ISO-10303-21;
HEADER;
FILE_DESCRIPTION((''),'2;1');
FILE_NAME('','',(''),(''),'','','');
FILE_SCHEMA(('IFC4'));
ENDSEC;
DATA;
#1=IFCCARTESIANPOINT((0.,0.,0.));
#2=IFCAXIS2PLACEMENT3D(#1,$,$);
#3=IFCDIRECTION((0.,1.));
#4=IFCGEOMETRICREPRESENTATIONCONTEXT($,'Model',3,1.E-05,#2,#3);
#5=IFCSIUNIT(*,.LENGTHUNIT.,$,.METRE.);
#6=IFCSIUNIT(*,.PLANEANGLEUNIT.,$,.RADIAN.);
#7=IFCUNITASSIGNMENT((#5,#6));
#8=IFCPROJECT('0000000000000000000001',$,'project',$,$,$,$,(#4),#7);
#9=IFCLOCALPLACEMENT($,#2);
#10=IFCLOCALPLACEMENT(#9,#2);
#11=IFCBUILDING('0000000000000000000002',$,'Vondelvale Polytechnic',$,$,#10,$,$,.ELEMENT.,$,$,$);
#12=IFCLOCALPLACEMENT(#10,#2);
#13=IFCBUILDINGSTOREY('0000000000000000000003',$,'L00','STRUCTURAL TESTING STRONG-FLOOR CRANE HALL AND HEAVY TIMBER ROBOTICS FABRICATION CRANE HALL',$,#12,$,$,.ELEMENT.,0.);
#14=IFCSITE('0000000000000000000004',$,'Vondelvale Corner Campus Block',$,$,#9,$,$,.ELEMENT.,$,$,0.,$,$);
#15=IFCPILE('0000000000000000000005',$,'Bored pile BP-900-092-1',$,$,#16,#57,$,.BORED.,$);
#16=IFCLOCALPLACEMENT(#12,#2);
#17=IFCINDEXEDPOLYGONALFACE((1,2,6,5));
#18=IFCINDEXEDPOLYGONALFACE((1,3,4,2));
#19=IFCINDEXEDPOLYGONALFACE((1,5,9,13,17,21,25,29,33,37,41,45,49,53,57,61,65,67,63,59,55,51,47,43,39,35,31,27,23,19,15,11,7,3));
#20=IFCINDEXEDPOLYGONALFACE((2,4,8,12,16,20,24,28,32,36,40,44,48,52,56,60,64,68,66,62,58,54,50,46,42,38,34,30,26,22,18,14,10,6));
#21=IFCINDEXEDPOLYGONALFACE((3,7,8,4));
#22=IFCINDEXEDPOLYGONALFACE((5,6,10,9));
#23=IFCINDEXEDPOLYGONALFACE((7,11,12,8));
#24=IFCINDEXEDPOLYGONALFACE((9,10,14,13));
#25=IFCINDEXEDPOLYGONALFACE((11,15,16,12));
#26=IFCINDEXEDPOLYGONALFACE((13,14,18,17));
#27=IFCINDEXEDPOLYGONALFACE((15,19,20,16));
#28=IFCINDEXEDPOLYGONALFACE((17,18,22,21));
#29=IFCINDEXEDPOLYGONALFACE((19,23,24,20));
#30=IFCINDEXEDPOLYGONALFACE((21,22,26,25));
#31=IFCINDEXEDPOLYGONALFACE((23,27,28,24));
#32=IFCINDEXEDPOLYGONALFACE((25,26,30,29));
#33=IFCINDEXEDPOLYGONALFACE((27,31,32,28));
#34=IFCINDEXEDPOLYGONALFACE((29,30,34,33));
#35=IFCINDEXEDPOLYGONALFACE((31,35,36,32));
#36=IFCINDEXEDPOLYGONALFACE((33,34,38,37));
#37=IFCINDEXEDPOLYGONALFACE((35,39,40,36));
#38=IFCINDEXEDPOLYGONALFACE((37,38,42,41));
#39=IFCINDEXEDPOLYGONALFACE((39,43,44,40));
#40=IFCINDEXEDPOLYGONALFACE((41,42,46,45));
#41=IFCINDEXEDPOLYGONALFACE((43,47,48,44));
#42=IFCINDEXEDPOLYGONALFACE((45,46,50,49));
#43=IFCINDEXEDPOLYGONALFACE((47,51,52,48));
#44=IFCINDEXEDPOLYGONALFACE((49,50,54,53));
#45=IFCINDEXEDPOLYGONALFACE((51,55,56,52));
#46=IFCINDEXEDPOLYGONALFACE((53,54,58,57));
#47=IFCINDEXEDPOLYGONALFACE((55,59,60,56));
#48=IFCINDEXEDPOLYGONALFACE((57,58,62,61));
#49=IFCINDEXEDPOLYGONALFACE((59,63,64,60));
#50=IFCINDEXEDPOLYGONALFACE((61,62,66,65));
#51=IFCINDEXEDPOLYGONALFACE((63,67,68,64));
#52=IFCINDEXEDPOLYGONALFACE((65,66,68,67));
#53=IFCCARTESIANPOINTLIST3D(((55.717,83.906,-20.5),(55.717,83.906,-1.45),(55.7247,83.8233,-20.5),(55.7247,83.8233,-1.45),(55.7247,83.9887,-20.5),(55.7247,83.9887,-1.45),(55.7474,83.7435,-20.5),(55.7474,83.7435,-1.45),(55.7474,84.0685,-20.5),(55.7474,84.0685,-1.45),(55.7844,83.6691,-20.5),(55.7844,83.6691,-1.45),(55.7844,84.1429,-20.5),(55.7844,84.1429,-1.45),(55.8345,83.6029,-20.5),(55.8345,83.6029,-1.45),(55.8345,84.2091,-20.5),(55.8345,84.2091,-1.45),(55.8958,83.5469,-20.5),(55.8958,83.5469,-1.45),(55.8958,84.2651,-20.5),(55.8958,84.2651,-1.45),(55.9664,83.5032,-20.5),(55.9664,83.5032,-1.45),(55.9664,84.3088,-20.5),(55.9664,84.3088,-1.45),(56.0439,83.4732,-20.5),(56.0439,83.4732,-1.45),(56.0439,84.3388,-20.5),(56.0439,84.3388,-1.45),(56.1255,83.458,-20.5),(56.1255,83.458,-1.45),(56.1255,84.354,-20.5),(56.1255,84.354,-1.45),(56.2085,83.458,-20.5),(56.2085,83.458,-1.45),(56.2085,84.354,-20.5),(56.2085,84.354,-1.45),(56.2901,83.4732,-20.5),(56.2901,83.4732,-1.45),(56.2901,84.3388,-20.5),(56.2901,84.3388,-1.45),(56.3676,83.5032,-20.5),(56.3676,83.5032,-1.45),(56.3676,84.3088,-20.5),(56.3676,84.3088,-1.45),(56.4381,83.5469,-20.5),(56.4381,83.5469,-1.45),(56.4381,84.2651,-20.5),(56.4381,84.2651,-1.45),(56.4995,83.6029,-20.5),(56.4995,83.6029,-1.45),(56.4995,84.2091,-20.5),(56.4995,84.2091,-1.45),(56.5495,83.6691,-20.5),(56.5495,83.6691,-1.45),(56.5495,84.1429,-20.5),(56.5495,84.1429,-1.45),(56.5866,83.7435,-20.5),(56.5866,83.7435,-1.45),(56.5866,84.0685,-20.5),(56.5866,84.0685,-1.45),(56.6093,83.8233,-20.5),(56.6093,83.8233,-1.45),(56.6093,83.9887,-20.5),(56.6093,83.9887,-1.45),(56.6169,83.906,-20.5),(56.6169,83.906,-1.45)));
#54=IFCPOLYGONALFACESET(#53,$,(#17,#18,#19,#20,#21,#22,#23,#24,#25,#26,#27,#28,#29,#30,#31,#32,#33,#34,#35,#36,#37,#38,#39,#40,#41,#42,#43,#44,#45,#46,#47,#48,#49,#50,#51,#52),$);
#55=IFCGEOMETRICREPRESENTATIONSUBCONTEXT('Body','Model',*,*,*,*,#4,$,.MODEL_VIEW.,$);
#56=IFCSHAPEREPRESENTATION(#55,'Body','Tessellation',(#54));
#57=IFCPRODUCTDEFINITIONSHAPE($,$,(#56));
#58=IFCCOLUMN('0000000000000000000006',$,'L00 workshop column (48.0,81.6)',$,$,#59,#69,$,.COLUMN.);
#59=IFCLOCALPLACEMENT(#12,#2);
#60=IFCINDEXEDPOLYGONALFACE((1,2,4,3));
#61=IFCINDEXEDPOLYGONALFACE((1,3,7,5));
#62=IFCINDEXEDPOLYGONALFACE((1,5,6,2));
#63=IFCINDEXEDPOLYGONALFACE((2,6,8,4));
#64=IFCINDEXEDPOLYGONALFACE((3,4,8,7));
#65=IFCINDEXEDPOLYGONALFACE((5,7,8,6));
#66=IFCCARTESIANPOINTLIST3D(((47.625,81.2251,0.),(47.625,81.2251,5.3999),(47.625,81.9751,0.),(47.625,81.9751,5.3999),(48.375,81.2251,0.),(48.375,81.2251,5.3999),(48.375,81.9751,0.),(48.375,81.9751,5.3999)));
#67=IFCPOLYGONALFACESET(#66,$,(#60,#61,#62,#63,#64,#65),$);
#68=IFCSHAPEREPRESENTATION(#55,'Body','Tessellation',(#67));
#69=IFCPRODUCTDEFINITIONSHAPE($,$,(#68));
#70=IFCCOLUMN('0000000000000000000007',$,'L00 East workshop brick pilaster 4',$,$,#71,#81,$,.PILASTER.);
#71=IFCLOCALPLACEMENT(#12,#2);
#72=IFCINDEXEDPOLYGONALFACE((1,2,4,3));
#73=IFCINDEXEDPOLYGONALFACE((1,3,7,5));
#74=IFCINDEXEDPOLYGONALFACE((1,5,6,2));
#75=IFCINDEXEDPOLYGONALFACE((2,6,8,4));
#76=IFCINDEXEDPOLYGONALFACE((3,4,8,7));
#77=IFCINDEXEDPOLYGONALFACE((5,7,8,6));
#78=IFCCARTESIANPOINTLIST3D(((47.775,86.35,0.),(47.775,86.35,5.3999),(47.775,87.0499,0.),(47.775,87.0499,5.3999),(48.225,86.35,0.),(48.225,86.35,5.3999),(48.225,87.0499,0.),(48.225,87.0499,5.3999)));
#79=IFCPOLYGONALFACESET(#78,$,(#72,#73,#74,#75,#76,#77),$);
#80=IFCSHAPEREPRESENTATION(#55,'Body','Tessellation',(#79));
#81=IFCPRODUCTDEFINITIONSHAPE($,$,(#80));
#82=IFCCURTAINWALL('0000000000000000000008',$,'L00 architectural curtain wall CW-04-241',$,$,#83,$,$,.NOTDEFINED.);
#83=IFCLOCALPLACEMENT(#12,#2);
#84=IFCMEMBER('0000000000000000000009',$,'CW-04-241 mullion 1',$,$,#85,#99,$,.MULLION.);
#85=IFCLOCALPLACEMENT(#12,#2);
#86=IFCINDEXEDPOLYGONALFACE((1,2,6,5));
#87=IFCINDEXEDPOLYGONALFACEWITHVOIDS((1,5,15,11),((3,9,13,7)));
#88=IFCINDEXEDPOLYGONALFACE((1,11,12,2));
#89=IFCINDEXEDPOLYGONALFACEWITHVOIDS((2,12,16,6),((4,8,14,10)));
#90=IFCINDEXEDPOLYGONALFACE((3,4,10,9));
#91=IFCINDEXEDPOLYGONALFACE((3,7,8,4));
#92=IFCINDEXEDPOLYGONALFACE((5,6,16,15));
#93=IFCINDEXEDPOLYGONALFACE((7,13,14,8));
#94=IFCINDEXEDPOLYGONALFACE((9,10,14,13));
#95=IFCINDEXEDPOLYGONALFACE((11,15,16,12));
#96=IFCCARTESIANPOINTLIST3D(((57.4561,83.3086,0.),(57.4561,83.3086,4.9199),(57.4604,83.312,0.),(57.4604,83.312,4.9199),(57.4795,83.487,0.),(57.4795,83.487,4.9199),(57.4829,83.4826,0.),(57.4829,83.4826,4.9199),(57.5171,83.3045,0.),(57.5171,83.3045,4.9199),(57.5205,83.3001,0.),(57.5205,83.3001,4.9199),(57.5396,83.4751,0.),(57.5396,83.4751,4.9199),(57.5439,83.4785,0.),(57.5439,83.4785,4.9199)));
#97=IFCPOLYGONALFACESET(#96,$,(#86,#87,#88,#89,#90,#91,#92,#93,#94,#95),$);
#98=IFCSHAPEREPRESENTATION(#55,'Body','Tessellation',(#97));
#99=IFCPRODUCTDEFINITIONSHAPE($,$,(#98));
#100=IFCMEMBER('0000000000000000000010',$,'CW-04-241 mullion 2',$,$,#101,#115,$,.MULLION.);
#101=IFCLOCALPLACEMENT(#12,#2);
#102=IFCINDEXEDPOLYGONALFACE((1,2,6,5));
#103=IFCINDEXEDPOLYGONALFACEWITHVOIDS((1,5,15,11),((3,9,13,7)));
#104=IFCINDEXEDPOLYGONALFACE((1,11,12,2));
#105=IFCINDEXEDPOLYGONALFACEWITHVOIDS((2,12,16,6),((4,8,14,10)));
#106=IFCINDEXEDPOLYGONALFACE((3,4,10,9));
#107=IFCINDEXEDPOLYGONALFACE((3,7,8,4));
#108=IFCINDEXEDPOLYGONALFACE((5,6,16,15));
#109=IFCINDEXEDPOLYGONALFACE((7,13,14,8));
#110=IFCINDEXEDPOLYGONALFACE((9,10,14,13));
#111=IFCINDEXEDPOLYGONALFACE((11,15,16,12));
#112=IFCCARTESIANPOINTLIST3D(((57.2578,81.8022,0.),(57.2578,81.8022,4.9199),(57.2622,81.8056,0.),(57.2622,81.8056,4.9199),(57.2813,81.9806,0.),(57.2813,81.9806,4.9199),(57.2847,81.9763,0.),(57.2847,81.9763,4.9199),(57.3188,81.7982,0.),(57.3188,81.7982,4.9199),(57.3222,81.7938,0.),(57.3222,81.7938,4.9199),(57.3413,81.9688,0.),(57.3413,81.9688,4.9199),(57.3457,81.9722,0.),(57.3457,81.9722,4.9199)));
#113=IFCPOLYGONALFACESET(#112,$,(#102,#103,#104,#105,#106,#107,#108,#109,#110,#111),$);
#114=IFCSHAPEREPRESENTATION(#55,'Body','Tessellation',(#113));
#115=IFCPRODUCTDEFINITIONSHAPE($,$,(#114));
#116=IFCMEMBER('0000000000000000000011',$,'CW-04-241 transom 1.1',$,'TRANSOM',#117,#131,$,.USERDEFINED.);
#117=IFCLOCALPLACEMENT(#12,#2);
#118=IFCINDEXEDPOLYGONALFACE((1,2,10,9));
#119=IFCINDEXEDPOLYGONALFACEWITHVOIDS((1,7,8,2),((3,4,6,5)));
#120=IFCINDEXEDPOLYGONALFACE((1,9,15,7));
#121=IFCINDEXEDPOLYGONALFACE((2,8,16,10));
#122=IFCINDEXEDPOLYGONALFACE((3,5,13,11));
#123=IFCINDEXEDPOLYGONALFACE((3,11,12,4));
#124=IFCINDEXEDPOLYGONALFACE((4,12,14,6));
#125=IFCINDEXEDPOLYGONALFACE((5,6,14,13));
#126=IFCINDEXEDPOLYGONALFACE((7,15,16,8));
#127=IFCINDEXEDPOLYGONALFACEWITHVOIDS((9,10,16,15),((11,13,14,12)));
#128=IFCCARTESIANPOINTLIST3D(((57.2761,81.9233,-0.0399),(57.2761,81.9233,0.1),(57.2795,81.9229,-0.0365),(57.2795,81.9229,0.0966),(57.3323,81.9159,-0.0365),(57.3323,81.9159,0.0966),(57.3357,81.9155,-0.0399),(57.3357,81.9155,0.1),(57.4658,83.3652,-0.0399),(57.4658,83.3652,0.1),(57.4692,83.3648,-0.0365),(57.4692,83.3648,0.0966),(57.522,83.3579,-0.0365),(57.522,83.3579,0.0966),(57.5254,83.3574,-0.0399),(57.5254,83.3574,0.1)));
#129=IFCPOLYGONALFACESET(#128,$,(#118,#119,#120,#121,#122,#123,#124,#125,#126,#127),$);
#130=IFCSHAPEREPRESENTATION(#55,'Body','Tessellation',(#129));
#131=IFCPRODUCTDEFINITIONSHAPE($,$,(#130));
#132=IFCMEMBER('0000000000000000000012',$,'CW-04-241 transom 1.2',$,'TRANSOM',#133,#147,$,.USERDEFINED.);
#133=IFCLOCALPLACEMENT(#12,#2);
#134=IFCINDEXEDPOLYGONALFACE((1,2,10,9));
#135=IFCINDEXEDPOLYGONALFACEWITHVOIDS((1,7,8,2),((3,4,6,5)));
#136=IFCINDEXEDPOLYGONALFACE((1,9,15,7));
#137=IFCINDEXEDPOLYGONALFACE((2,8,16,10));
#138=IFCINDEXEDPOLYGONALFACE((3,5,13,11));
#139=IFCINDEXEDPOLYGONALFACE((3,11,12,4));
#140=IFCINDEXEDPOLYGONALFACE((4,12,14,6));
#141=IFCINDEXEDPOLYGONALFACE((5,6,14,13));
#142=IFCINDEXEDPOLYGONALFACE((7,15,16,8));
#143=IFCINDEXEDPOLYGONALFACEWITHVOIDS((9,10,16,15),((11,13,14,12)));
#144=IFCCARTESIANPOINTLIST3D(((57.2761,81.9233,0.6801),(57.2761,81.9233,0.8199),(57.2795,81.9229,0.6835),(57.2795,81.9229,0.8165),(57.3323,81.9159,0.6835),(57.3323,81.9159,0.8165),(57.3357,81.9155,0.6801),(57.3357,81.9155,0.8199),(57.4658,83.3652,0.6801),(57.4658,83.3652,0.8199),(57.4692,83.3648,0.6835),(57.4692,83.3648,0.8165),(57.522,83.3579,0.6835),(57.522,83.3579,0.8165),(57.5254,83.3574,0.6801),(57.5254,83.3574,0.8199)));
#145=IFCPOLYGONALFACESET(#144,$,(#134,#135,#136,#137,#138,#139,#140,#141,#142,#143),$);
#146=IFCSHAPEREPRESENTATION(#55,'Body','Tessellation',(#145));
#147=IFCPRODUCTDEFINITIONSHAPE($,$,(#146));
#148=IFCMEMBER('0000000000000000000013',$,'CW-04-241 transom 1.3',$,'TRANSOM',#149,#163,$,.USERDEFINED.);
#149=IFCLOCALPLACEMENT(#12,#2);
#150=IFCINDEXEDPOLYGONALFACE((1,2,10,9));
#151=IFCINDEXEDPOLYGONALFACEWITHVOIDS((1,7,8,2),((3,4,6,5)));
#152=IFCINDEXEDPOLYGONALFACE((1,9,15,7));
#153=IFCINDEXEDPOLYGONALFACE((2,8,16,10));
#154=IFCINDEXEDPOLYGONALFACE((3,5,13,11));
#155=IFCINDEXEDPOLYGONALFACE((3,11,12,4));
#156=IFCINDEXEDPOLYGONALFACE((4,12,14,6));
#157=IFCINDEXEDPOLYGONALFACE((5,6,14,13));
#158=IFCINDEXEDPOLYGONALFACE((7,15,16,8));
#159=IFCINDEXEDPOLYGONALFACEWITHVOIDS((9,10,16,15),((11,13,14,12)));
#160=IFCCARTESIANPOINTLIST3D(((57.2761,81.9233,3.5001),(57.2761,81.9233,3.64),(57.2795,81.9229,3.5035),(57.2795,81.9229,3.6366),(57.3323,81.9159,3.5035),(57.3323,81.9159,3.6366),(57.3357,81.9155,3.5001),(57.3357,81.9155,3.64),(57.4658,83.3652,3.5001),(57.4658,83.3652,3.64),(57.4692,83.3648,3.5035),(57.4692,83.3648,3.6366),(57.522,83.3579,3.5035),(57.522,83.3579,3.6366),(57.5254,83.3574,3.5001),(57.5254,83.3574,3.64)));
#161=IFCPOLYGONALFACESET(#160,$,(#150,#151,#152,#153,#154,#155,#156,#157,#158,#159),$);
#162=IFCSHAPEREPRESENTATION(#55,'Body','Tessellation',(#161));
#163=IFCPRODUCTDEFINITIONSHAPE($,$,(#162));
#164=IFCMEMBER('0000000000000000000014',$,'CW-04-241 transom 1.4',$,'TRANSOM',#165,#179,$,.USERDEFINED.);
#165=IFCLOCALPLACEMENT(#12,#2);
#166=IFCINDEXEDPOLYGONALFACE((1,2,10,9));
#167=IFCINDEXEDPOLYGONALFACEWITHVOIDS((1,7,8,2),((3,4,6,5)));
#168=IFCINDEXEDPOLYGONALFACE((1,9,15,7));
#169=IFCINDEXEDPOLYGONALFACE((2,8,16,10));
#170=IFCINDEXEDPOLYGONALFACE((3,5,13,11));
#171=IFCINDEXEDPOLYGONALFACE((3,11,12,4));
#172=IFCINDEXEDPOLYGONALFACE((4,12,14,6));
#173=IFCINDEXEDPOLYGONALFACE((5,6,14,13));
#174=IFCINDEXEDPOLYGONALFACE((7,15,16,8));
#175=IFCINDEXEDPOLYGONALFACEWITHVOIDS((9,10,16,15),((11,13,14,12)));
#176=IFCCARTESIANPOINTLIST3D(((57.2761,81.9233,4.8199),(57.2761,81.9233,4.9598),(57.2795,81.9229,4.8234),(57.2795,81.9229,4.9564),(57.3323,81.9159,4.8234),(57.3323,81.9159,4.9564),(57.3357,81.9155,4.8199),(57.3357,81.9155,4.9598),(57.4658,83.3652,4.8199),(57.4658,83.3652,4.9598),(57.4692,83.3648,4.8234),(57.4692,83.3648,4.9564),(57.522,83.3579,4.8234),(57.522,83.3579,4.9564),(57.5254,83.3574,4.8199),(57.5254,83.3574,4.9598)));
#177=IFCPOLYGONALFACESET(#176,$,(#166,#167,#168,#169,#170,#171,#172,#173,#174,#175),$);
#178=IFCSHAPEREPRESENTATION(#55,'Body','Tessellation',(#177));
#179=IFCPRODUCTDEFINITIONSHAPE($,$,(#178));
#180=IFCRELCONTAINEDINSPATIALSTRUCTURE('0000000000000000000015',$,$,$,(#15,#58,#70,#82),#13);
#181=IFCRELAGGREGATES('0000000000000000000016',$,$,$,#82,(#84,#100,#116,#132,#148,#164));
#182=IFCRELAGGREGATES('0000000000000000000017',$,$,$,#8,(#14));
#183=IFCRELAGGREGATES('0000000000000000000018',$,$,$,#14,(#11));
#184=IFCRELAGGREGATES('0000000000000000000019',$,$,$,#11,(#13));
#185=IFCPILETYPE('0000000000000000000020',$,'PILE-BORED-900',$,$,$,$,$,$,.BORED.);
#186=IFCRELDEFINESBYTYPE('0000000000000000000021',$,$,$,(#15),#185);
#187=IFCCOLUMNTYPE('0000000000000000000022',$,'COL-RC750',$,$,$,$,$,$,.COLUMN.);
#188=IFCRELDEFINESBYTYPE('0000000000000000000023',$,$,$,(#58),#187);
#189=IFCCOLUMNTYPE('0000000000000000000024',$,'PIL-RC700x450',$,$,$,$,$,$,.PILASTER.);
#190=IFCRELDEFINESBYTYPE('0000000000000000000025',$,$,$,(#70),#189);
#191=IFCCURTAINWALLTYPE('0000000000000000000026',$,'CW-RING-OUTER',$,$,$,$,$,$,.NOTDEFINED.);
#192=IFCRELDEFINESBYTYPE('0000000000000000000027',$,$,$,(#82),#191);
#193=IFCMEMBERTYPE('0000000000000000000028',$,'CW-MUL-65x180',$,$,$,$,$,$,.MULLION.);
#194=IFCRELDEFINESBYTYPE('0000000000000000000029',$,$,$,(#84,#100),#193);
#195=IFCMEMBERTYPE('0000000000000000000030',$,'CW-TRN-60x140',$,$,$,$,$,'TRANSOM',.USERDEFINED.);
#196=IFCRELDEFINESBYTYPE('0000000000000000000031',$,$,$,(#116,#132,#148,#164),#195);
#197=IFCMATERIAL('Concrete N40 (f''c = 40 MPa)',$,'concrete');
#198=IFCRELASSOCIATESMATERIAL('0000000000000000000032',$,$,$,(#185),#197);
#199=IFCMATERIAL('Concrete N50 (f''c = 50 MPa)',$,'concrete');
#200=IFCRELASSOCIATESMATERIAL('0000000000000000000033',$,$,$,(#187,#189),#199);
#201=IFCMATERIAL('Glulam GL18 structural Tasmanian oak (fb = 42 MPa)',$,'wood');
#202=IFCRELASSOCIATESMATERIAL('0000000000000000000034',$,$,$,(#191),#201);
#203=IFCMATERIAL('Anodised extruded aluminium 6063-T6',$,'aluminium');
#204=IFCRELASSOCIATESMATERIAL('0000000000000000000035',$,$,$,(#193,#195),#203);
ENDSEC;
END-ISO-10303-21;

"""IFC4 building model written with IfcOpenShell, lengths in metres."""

from ifc_helpers import new_model, si_unit, direction, frame, origin, origin_2d, place, context, subcontext, project, spatial, rectangle, hollow_rectangle, circle, extrude, material, material_profile, profile_set, type_object, element, aggregate, save


model = new_model("IFC4")

# Units and contexts
model_context = context("Model", 3, precision=1e-05, world=origin(), true_north=direction((0.0, 1.0)))
body_context = subcontext(model_context, "Body", "Model", "MODEL_VIEW")
ifc_project = project(units=[si_unit("LENGTHUNIT", "METRE"), si_unit("PLANEANGLEUNIT", "RADIAN")], contexts=[model_context])

# Site, building, storey
site_placement = place(None, origin())
site = spatial("IfcSite", under=ifc_project, at=site_placement, Name="Vondelvale Corner Campus Block", CompositionType="ELEMENT", RefElevation=0.0)
building_placement = place(site_placement, origin())
building = spatial("IfcBuilding", under=site, at=building_placement, Name="Vondelvale Polytechnic", CompositionType="ELEMENT")
storey_placement = place(building_placement, origin())
storey = spatial("IfcBuildingStorey", under=building, at=storey_placement, Name="L00", Description="STRUCTURAL TESTING STRONG-FLOOR CRANE HALL AND HEAVY TIMBER ROBOTICS FABRICATION CRANE HALL", CompositionType="ELEMENT", Elevation=0.0)

# Pile
ifc_material_1 = material(Name="Concrete N40 (f'c = 40 MPa)", Category="concrete")
ifc_material_profile_1 = material_profile(ifc_material_1, circle(Radius=0.45, at=origin_2d()), Name="PILE-D900")
ifc_profile_set_1 = profile_set([ifc_material_profile_1], Name="Concrete N40 (f'c = 40 MPa)")
pile_type = type_object("IfcPileType", Name="PILE-BORED-900", PredefinedType="BORED", material=ifc_profile_set_1)
pile_placement = place(storey_placement, frame((56.167, 83.906, -1.45), z_axis=(0.0, 0.0, -1.0), x_axis=(1.0, 0.0, 0.0)))
element("IfcPile", 1, at=pile_placement, inside=storey, type_object=pile_type, Name="Bored pile BP-900-092-1", PredefinedType="BORED", context=body_context, shape_type="SweptSolid", body=[
    extrude(circle(Radius=0.45, at=origin_2d()), origin(), (0.0, 0.0, 1.0), 19.05),
])

# Columns
ifc_material_2 = material(Name="Concrete N50 (f'c = 50 MPa)", Category="concrete")
ifc_material_profile_2 = material_profile(ifc_material_2, rectangle(XDim=0.75, YDim=0.75, at=origin_2d()), Name="RC-COL-750x750")
ifc_profile_set_2 = profile_set([ifc_material_profile_2], Name="Concrete N50 (f'c = 50 MPa)")
column_type_1 = type_object("IfcColumnType", Name="COL-RC750", PredefinedType="COLUMN", material=ifc_profile_set_2)
column_1_placement = place(storey_placement, frame((48.0, 81.6001, 0.0), z_axis=(0.0, 0.0, 1.0), x_axis=(1.0, 0.0, 0.0)))
element("IfcColumn", 2, at=column_1_placement, inside=storey, type_object=column_type_1, Name="L00 workshop column (48.0,81.6)", PredefinedType="COLUMN", context=body_context, shape_type="SweptSolid", body=[
    extrude(rectangle(XDim=0.75, YDim=0.75, at=origin_2d()), origin(), (0.0, 0.0, 1.0), 5.3999),
])
ifc_material_profile_3 = material_profile(ifc_material_2, rectangle(XDim=0.45, YDim=0.7, at=origin_2d()), Name="RC-PIL-700x450")
ifc_profile_set_3 = profile_set([ifc_material_profile_3], Name="Concrete N50 (f'c = 50 MPa)")
column_type_2 = type_object("IfcColumnType", Name="PIL-RC700x450", PredefinedType="PILASTER", material=ifc_profile_set_3)
column_2_placement = place(storey_placement, frame((48.0, 86.7, 0.0), z_axis=(0.0, 0.0, 1.0), x_axis=(1.0, 0.0, 0.0)))
element("IfcColumn", 3, at=column_2_placement, inside=storey, type_object=column_type_2, Name="L00 East workshop brick pilaster 4", PredefinedType="PILASTER", context=body_context, shape_type="SweptSolid", body=[
    extrude(rectangle(XDim=0.45, YDim=0.7, at=origin_2d()), origin(), (0.0, 0.0, 1.0), 5.3999),
])

# Curtain wall, members
ifc_material_3 = material(Name="Glulam GL18 structural Tasmanian oak (fb = 42 MPa)", Category="wood")
curtain_wall_type = type_object("IfcCurtainWallType", Name="CW-RING-OUTER", PredefinedType="NOTDEFINED", material=ifc_material_3)
curtain_wall_placement = place(storey_placement, origin())
curtain_wall = element("IfcCurtainWall", 4, at=curtain_wall_placement, inside=storey, type_object=curtain_wall_type, Name="L00 architectural curtain wall CW-04-241", PredefinedType="NOTDEFINED")
ifc_material_4 = material(Name="Anodised extruded aluminium 6063-T6", Category="aluminium")
ifc_material_profile_4 = material_profile(ifc_material_4, hollow_rectangle(XDim=0.0649, YDim=0.1799, WallThickness=0.0039, at=origin_2d()), Name="CW-MUL-180x65")
ifc_profile_set_4 = profile_set([ifc_material_profile_4], Name="Anodised extruded aluminium 6063-T6")
member_type_1 = type_object("IfcMemberType", Name="CW-MUL-65x180", PredefinedType="MULLION", material=ifc_profile_set_4)
member_1_placement = place(storey_placement, frame((57.5, 83.3936, 0.0), z_axis=(0.0, 0.0, 1.0), x_axis=(0.991445, -0.130524, 0.0)))
member_1 = element("IfcMember", 5, at=member_1_placement, type_object=member_type_1, Name="CW-04-241 mullion 1", PredefinedType="MULLION", context=body_context, shape_type="SweptSolid", body=[
    extrude(hollow_rectangle(XDim=0.0649, YDim=0.1799, WallThickness=0.0039, at=origin_2d()), origin(), (0.0, 0.0, 1.0), 4.9199),
])
member_2_placement = place(storey_placement, frame((57.3018, 81.8872, 0.0), z_axis=(0.0, 0.0, 1.0), x_axis=(0.991445, -0.130524, 0.0)))
member_2 = element("IfcMember", 6, at=member_2_placement, type_object=member_type_1, Name="CW-04-241 mullion 2", PredefinedType="MULLION", context=body_context, shape_type="SweptSolid", body=[
    extrude(hollow_rectangle(XDim=0.0649, YDim=0.1799, WallThickness=0.0039, at=origin_2d()), origin(), (0.0, 0.0, 1.0), 4.9199),
])
ifc_material_profile_5 = material_profile(ifc_material_4, hollow_rectangle(XDim=0.0601, YDim=0.1399, WallThickness=0.0034, at=origin_2d()), Name="CW-TRN-140x60")
ifc_profile_set_5 = profile_set([ifc_material_profile_5], Name="Anodised extruded aluminium 6063-T6")
member_type_2 = type_object("IfcMemberType", Name="CW-TRN-60x140", ElementType="TRANSOM", PredefinedType="USERDEFINED", material=ifc_profile_set_5)
member_3_placement = place(storey_placement, frame((57.4956, 83.3613, 0.03), z_axis=(-0.130437, -0.991457, 0.0), x_axis=(0.991457, -0.130437, 0.0)))
member_3 = element("IfcMember", 7, at=member_3_placement, type_object=member_type_2, Name="CW-04-241 transom 1.1", ObjectType="TRANSOM", PredefinedType="USERDEFINED", context=body_context, shape_type="SweptSolid", body=[
    extrude(hollow_rectangle(XDim=0.0601, YDim=0.1399, WallThickness=0.0034, at=origin_2d()), origin(), (0.0, 0.0, 1.0), 1.4543),
])
member_4_placement = place(storey_placement, frame((57.4956, 83.3613, 0.75), z_axis=(-0.130437, -0.991457, 0.0), x_axis=(0.991457, -0.130437, 0.0)))
member_4 = element("IfcMember", 8, at=member_4_placement, type_object=member_type_2, Name="CW-04-241 transom 1.2", ObjectType="TRANSOM", PredefinedType="USERDEFINED", context=body_context, shape_type="SweptSolid", body=[
    extrude(hollow_rectangle(XDim=0.0601, YDim=0.1399, WallThickness=0.0034, at=origin_2d()), origin(), (0.0, 0.0, 1.0), 1.4543),
])
member_5_placement = place(storey_placement, frame((57.4956, 83.3613, 3.5701), z_axis=(-0.130437, -0.991457, 0.0), x_axis=(0.991457, -0.130437, 0.0)))
member_5 = element("IfcMember", 9, at=member_5_placement, type_object=member_type_2, Name="CW-04-241 transom 1.3", ObjectType="TRANSOM", PredefinedType="USERDEFINED", context=body_context, shape_type="SweptSolid", body=[
    extrude(hollow_rectangle(XDim=0.0601, YDim=0.1399, WallThickness=0.0034, at=origin_2d()), origin(), (0.0, 0.0, 1.0), 1.4543),
])
member_6_placement = place(storey_placement, frame((57.4956, 83.3613, 4.8899), z_axis=(-0.130437, -0.991457, 0.0), x_axis=(0.991457, -0.130437, 0.0)))
member_6 = element("IfcMember", 10, at=member_6_placement, type_object=member_type_2, Name="CW-04-241 transom 1.4", ObjectType="TRANSOM", PredefinedType="USERDEFINED", context=body_context, shape_type="SweptSolid", body=[
    extrude(hollow_rectangle(XDim=0.0601, YDim=0.1399, WallThickness=0.0034, at=origin_2d()), origin(), (0.0, 0.0, 1.0), 1.4543),
])

aggregate(curtain_wall, [member_1, member_2, member_3, member_4, member_5, member_6])

save(model, "model.ifc")
